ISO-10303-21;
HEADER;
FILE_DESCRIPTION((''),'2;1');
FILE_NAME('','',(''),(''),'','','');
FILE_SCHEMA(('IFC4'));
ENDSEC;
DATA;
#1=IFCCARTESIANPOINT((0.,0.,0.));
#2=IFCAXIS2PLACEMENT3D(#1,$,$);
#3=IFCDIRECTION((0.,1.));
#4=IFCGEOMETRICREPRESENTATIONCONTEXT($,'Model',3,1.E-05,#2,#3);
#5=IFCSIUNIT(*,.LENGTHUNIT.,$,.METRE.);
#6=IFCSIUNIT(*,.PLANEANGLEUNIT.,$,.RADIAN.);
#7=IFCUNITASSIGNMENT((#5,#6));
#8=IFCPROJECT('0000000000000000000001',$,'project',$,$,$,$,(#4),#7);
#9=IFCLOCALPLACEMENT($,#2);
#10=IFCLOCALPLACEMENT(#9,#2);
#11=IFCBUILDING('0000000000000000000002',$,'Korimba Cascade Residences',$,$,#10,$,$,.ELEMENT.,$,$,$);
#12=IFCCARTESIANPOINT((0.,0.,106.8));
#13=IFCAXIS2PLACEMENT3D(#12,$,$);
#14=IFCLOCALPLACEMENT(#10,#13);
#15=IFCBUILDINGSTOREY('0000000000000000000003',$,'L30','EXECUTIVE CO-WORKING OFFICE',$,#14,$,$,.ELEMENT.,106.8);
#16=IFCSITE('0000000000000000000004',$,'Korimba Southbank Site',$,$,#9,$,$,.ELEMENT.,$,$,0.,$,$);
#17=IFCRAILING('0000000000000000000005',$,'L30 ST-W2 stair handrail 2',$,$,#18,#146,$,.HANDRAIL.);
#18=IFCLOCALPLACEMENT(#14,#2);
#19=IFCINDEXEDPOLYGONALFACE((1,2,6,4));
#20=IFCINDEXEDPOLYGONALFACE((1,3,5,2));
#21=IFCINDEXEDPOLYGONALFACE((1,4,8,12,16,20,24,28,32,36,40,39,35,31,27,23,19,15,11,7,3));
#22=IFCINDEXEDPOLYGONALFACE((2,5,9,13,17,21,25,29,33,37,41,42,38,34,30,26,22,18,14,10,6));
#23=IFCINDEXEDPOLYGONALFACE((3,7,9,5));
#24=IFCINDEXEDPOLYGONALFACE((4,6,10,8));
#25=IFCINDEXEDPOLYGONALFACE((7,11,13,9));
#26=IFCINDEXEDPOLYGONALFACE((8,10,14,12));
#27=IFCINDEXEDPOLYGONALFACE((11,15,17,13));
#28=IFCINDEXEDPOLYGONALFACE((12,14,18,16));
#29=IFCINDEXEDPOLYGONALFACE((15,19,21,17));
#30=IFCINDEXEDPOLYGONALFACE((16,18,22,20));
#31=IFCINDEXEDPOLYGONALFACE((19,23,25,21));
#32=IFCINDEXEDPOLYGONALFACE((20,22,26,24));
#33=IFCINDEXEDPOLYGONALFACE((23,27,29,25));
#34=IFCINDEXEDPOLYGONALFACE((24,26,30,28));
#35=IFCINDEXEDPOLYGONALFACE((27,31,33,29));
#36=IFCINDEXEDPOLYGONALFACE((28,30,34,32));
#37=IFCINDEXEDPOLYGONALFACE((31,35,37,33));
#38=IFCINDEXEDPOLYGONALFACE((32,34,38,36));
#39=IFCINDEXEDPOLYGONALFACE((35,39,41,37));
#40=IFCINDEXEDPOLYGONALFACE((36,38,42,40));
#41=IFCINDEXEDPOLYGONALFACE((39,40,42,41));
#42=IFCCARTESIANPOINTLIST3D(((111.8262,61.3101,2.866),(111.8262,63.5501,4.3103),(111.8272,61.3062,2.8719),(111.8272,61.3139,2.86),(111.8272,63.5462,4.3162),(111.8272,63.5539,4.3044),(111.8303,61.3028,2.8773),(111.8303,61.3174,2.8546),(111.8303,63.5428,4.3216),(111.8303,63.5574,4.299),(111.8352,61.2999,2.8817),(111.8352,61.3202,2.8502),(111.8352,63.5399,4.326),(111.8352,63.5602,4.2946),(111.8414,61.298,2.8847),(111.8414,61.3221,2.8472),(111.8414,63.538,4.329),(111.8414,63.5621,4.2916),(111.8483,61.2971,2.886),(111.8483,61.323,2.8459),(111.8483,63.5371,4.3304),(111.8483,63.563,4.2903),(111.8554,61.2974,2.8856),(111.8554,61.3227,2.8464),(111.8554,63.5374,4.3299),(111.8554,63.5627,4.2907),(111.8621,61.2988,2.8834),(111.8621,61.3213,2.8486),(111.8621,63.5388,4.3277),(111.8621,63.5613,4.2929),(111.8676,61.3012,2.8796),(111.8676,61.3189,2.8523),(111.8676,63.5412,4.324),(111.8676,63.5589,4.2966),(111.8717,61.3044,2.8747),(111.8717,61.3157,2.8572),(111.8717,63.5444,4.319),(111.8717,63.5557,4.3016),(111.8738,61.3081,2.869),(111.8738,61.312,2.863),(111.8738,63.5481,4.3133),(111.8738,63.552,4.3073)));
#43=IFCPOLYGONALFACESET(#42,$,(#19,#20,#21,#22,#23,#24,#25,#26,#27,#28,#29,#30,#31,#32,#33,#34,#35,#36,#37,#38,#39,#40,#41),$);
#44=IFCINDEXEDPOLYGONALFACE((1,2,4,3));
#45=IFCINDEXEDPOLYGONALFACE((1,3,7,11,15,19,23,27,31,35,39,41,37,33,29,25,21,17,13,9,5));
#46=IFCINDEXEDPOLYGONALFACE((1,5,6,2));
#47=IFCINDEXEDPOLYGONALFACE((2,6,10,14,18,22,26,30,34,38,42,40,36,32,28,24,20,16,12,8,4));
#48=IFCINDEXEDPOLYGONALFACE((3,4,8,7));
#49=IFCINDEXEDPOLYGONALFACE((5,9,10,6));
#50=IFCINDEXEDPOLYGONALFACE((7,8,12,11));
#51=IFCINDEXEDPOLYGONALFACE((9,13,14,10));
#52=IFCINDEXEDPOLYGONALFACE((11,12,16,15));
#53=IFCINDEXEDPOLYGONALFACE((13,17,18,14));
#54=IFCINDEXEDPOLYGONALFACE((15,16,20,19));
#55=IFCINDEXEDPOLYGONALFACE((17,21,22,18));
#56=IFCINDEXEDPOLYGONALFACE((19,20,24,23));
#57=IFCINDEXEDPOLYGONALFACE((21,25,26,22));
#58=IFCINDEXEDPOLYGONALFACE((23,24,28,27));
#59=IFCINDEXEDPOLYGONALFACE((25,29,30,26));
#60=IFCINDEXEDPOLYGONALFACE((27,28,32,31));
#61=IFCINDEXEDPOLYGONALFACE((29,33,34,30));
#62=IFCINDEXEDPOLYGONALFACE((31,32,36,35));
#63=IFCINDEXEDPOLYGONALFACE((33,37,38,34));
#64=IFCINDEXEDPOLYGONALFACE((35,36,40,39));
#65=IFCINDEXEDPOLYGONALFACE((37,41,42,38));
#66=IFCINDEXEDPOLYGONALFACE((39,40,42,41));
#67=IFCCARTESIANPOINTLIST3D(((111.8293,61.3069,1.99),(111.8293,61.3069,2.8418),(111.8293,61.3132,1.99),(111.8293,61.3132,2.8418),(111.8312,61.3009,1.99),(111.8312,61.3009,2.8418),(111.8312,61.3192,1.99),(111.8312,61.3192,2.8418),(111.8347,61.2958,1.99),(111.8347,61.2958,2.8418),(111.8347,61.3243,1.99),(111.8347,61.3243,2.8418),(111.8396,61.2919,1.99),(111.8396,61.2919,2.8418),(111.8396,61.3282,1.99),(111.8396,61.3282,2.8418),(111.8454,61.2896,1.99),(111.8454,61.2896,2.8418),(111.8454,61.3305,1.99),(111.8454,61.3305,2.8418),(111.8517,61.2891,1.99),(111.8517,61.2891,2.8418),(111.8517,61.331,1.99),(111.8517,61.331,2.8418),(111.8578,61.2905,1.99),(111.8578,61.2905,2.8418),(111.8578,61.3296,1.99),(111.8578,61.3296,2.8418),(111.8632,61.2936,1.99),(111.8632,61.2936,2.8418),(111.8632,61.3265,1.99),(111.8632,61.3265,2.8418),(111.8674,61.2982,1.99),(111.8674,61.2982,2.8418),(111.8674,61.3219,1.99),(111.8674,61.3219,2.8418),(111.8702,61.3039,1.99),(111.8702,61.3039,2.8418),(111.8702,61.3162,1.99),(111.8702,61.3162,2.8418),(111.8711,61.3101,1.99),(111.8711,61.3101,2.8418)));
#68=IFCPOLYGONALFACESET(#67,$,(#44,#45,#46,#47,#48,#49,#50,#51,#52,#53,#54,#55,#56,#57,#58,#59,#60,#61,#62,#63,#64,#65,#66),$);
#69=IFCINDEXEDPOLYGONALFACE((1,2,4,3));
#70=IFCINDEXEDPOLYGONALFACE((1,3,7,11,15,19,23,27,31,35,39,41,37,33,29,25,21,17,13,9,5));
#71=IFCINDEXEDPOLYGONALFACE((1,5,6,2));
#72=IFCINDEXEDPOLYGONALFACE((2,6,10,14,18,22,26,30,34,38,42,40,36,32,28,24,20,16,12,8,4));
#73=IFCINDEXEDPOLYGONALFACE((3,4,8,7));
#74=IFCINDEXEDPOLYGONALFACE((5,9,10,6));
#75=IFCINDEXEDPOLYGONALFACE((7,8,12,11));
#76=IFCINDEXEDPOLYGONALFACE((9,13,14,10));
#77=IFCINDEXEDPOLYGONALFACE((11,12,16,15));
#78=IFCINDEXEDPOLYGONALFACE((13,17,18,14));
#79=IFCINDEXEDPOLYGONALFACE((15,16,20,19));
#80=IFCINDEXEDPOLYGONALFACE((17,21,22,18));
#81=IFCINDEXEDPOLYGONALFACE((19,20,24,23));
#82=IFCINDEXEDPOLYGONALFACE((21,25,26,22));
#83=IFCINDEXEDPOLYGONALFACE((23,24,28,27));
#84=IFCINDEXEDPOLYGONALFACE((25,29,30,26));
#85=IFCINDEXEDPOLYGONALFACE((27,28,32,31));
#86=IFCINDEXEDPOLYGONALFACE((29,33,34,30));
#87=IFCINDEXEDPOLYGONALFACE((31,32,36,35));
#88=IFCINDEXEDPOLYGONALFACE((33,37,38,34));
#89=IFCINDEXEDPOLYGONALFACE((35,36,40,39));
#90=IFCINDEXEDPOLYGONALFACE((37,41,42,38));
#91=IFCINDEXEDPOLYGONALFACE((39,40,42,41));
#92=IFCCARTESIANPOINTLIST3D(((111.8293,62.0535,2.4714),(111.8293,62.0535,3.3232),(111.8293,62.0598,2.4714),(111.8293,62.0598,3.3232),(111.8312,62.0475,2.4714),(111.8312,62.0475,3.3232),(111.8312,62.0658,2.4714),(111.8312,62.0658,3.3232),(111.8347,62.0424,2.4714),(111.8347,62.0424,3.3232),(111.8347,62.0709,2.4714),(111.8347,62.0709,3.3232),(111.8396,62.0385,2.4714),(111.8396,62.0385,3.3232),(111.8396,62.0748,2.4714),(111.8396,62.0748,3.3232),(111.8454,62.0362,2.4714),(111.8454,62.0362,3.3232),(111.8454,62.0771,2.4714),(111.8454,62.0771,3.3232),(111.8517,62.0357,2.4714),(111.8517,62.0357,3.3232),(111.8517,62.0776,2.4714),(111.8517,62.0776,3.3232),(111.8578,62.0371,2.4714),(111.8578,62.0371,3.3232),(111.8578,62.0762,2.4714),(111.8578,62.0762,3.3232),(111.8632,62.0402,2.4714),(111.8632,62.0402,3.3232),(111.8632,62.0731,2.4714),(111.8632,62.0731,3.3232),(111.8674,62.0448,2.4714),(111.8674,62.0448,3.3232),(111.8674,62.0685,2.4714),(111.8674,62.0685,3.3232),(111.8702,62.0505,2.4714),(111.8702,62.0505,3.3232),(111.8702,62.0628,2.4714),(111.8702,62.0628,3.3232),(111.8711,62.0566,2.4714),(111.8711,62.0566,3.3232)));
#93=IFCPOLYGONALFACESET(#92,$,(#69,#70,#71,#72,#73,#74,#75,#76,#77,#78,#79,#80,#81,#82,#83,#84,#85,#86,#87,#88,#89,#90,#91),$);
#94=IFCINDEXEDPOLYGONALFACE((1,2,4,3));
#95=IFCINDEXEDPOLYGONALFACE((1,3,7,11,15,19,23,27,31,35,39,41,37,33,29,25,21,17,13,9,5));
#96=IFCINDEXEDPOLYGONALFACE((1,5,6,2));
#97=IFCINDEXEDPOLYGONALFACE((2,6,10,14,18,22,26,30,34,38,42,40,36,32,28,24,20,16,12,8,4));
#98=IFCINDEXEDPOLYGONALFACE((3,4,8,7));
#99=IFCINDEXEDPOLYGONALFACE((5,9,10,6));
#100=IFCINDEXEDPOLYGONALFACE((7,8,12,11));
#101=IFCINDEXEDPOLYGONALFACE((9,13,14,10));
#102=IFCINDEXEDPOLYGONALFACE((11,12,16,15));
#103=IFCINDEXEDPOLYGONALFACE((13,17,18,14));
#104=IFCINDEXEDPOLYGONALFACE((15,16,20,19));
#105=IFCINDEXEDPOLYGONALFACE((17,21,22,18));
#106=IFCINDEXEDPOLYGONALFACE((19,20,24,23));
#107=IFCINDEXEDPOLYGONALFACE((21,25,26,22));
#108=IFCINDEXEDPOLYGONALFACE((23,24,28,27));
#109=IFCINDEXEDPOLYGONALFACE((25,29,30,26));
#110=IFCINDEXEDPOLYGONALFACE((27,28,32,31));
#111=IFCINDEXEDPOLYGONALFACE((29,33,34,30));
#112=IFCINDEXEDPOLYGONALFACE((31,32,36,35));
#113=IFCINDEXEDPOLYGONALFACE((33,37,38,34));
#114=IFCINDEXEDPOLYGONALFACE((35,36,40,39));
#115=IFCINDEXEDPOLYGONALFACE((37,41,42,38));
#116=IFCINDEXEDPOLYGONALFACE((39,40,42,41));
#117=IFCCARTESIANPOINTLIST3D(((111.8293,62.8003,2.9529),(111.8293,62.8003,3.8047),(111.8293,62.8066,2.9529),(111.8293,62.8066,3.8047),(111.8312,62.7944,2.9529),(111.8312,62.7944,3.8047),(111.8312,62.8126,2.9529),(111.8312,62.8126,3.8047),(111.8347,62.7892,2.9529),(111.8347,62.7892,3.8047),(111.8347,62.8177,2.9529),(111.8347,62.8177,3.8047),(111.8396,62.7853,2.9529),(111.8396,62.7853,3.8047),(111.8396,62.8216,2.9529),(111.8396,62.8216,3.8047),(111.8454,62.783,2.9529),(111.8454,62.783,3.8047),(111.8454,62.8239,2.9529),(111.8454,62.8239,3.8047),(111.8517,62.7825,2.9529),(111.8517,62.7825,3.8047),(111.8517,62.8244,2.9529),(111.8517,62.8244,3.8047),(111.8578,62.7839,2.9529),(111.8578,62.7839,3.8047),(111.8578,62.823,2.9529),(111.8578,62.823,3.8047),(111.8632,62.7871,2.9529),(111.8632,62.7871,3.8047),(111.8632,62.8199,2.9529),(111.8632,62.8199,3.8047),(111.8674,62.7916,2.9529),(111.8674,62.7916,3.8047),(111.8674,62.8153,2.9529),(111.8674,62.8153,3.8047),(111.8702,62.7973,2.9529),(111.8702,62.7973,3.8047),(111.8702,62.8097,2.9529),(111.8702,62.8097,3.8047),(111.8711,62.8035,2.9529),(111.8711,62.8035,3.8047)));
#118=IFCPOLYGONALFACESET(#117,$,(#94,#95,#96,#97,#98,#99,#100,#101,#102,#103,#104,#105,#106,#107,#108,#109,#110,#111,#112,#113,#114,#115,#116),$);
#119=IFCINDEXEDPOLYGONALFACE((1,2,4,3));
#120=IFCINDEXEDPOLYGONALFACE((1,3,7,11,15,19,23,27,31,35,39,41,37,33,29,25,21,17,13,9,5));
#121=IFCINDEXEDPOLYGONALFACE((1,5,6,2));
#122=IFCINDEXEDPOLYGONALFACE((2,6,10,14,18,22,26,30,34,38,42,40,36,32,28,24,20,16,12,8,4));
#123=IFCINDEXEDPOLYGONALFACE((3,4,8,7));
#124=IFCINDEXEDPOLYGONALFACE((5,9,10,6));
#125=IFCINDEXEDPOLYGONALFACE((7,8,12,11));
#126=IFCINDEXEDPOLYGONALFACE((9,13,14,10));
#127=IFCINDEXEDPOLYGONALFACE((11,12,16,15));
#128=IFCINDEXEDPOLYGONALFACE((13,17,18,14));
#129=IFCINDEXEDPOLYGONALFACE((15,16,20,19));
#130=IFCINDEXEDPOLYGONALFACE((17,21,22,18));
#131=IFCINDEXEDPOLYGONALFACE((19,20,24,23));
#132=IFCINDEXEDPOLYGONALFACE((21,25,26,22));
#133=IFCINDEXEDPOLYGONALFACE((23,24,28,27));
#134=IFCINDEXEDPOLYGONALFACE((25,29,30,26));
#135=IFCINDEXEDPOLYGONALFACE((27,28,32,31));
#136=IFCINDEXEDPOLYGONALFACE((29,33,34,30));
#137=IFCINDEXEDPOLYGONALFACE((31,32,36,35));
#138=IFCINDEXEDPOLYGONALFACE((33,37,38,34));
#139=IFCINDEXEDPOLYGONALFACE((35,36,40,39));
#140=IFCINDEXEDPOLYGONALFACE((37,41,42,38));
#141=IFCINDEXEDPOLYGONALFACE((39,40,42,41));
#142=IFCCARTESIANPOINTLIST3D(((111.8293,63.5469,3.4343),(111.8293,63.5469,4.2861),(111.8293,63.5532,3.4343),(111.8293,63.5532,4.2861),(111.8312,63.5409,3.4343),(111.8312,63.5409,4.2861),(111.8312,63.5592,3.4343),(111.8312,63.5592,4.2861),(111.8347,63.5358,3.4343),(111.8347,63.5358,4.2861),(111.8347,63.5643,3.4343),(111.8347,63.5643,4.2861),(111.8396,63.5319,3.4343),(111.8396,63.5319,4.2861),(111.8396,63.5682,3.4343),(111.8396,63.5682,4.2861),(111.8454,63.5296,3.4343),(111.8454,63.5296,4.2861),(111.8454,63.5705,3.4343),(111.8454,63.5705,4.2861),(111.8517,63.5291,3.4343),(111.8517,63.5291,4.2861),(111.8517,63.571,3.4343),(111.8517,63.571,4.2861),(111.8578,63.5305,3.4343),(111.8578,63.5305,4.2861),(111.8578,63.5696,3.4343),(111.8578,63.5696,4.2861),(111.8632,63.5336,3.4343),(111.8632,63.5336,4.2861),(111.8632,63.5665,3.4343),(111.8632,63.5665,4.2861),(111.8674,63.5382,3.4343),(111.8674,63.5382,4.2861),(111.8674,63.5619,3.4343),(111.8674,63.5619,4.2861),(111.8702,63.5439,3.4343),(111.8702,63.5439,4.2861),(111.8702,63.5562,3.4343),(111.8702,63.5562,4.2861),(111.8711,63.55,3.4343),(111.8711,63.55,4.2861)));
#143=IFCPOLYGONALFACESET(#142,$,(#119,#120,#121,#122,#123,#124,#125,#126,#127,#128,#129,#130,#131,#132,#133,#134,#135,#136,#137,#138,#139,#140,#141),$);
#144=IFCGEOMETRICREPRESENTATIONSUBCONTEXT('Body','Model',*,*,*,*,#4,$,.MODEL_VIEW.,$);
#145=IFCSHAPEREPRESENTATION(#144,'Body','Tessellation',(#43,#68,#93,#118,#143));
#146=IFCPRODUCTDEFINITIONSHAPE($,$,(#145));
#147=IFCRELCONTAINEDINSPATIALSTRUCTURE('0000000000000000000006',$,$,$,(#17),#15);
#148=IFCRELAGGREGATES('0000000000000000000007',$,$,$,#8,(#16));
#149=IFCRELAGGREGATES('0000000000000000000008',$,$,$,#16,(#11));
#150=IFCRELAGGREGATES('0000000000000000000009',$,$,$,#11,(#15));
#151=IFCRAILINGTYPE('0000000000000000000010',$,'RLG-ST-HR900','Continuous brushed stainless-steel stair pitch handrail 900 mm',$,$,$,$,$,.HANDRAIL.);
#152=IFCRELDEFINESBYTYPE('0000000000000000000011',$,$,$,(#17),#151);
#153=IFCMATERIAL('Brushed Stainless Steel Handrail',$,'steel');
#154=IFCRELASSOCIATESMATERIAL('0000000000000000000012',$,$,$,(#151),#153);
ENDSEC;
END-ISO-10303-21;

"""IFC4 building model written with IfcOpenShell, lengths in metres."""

from ifc_helpers import new_model, si_unit, direction, frame, origin, origin_2d, place, context, subcontext, project, spatial, circle, extrude, material, type_object, element, save


model = new_model("IFC4")

# Units and contexts
model_context = context("Model", 3, precision=1e-05, world=origin(), true_north=direction((0.0, 1.0)))
body_context = subcontext(model_context, "Body", "Model", "MODEL_VIEW")
ifc_project = project(units=[si_unit("LENGTHUNIT", "METRE"), si_unit("PLANEANGLEUNIT", "RADIAN")], contexts=[model_context])

# Site, building, storey
site_placement = place(None, origin())
site = spatial("IfcSite", under=ifc_project, at=site_placement, Name="Korimba Southbank Site", CompositionType="ELEMENT", RefElevation=0.0)
building_placement = place(site_placement, origin())
building = spatial("IfcBuilding", under=site, at=building_placement, Name="Korimba Cascade Residences", CompositionType="ELEMENT")
storey_placement = place(building_placement, frame((0.0, 0.0, 106.8)))
storey = spatial("IfcBuildingStorey", under=building, at=storey_placement, Name="L30", Description="EXECUTIVE CO-WORKING OFFICE", CompositionType="ELEMENT", Elevation=106.8)

# Railing
ifc_material_1 = material(Name="Brushed Stainless Steel Handrail", Category="steel")
railing_type_1 = type_object("IfcRailingType", Name="RLG-ST-HR900", Description="Continuous brushed stainless-steel stair pitch handrail 900 mm", PredefinedType="HANDRAIL", material=ifc_material_1)
railing_1_placement = place(storey_placement, frame((111.8501, 61.3101, 1.99)))
element("IfcRailing", 1, at=railing_1_placement, inside=storey, type_object=railing_type_1, Name="L30 ST-W2 stair handrail 2", PredefinedType="HANDRAIL", context=body_context, shape_type="SweptSolid", body=[
    extrude(circle(Radius=0.0239, at=origin_2d()), frame((0.0, 0.0, 0.876), z_axis=(0.0, 0.840437, 0.54191), x_axis=(-1.0, 0.0, 0.0)), (0.0, 0.0, 1.0), 2.6653),
    extrude(circle(Radius=0.021, at=origin_2d()), origin(), (0.0, 0.0, 1.0), 0.8518),
    extrude(circle(Radius=0.021, at=origin_2d()), frame((0.0, 0.7466, 0.4814)), (0.0, 0.0, 1.0), 0.8518),
    extrude(circle(Radius=0.021, at=origin_2d()), frame((0.0, 1.4934, 0.9629)), (0.0, 0.0, 1.0), 0.8518),
    extrude(circle(Radius=0.021, at=origin_2d()), frame((0.0, 2.24, 1.4443)), (0.0, 0.0, 1.0), 0.8518),
])

save(model, "model.ifc")
